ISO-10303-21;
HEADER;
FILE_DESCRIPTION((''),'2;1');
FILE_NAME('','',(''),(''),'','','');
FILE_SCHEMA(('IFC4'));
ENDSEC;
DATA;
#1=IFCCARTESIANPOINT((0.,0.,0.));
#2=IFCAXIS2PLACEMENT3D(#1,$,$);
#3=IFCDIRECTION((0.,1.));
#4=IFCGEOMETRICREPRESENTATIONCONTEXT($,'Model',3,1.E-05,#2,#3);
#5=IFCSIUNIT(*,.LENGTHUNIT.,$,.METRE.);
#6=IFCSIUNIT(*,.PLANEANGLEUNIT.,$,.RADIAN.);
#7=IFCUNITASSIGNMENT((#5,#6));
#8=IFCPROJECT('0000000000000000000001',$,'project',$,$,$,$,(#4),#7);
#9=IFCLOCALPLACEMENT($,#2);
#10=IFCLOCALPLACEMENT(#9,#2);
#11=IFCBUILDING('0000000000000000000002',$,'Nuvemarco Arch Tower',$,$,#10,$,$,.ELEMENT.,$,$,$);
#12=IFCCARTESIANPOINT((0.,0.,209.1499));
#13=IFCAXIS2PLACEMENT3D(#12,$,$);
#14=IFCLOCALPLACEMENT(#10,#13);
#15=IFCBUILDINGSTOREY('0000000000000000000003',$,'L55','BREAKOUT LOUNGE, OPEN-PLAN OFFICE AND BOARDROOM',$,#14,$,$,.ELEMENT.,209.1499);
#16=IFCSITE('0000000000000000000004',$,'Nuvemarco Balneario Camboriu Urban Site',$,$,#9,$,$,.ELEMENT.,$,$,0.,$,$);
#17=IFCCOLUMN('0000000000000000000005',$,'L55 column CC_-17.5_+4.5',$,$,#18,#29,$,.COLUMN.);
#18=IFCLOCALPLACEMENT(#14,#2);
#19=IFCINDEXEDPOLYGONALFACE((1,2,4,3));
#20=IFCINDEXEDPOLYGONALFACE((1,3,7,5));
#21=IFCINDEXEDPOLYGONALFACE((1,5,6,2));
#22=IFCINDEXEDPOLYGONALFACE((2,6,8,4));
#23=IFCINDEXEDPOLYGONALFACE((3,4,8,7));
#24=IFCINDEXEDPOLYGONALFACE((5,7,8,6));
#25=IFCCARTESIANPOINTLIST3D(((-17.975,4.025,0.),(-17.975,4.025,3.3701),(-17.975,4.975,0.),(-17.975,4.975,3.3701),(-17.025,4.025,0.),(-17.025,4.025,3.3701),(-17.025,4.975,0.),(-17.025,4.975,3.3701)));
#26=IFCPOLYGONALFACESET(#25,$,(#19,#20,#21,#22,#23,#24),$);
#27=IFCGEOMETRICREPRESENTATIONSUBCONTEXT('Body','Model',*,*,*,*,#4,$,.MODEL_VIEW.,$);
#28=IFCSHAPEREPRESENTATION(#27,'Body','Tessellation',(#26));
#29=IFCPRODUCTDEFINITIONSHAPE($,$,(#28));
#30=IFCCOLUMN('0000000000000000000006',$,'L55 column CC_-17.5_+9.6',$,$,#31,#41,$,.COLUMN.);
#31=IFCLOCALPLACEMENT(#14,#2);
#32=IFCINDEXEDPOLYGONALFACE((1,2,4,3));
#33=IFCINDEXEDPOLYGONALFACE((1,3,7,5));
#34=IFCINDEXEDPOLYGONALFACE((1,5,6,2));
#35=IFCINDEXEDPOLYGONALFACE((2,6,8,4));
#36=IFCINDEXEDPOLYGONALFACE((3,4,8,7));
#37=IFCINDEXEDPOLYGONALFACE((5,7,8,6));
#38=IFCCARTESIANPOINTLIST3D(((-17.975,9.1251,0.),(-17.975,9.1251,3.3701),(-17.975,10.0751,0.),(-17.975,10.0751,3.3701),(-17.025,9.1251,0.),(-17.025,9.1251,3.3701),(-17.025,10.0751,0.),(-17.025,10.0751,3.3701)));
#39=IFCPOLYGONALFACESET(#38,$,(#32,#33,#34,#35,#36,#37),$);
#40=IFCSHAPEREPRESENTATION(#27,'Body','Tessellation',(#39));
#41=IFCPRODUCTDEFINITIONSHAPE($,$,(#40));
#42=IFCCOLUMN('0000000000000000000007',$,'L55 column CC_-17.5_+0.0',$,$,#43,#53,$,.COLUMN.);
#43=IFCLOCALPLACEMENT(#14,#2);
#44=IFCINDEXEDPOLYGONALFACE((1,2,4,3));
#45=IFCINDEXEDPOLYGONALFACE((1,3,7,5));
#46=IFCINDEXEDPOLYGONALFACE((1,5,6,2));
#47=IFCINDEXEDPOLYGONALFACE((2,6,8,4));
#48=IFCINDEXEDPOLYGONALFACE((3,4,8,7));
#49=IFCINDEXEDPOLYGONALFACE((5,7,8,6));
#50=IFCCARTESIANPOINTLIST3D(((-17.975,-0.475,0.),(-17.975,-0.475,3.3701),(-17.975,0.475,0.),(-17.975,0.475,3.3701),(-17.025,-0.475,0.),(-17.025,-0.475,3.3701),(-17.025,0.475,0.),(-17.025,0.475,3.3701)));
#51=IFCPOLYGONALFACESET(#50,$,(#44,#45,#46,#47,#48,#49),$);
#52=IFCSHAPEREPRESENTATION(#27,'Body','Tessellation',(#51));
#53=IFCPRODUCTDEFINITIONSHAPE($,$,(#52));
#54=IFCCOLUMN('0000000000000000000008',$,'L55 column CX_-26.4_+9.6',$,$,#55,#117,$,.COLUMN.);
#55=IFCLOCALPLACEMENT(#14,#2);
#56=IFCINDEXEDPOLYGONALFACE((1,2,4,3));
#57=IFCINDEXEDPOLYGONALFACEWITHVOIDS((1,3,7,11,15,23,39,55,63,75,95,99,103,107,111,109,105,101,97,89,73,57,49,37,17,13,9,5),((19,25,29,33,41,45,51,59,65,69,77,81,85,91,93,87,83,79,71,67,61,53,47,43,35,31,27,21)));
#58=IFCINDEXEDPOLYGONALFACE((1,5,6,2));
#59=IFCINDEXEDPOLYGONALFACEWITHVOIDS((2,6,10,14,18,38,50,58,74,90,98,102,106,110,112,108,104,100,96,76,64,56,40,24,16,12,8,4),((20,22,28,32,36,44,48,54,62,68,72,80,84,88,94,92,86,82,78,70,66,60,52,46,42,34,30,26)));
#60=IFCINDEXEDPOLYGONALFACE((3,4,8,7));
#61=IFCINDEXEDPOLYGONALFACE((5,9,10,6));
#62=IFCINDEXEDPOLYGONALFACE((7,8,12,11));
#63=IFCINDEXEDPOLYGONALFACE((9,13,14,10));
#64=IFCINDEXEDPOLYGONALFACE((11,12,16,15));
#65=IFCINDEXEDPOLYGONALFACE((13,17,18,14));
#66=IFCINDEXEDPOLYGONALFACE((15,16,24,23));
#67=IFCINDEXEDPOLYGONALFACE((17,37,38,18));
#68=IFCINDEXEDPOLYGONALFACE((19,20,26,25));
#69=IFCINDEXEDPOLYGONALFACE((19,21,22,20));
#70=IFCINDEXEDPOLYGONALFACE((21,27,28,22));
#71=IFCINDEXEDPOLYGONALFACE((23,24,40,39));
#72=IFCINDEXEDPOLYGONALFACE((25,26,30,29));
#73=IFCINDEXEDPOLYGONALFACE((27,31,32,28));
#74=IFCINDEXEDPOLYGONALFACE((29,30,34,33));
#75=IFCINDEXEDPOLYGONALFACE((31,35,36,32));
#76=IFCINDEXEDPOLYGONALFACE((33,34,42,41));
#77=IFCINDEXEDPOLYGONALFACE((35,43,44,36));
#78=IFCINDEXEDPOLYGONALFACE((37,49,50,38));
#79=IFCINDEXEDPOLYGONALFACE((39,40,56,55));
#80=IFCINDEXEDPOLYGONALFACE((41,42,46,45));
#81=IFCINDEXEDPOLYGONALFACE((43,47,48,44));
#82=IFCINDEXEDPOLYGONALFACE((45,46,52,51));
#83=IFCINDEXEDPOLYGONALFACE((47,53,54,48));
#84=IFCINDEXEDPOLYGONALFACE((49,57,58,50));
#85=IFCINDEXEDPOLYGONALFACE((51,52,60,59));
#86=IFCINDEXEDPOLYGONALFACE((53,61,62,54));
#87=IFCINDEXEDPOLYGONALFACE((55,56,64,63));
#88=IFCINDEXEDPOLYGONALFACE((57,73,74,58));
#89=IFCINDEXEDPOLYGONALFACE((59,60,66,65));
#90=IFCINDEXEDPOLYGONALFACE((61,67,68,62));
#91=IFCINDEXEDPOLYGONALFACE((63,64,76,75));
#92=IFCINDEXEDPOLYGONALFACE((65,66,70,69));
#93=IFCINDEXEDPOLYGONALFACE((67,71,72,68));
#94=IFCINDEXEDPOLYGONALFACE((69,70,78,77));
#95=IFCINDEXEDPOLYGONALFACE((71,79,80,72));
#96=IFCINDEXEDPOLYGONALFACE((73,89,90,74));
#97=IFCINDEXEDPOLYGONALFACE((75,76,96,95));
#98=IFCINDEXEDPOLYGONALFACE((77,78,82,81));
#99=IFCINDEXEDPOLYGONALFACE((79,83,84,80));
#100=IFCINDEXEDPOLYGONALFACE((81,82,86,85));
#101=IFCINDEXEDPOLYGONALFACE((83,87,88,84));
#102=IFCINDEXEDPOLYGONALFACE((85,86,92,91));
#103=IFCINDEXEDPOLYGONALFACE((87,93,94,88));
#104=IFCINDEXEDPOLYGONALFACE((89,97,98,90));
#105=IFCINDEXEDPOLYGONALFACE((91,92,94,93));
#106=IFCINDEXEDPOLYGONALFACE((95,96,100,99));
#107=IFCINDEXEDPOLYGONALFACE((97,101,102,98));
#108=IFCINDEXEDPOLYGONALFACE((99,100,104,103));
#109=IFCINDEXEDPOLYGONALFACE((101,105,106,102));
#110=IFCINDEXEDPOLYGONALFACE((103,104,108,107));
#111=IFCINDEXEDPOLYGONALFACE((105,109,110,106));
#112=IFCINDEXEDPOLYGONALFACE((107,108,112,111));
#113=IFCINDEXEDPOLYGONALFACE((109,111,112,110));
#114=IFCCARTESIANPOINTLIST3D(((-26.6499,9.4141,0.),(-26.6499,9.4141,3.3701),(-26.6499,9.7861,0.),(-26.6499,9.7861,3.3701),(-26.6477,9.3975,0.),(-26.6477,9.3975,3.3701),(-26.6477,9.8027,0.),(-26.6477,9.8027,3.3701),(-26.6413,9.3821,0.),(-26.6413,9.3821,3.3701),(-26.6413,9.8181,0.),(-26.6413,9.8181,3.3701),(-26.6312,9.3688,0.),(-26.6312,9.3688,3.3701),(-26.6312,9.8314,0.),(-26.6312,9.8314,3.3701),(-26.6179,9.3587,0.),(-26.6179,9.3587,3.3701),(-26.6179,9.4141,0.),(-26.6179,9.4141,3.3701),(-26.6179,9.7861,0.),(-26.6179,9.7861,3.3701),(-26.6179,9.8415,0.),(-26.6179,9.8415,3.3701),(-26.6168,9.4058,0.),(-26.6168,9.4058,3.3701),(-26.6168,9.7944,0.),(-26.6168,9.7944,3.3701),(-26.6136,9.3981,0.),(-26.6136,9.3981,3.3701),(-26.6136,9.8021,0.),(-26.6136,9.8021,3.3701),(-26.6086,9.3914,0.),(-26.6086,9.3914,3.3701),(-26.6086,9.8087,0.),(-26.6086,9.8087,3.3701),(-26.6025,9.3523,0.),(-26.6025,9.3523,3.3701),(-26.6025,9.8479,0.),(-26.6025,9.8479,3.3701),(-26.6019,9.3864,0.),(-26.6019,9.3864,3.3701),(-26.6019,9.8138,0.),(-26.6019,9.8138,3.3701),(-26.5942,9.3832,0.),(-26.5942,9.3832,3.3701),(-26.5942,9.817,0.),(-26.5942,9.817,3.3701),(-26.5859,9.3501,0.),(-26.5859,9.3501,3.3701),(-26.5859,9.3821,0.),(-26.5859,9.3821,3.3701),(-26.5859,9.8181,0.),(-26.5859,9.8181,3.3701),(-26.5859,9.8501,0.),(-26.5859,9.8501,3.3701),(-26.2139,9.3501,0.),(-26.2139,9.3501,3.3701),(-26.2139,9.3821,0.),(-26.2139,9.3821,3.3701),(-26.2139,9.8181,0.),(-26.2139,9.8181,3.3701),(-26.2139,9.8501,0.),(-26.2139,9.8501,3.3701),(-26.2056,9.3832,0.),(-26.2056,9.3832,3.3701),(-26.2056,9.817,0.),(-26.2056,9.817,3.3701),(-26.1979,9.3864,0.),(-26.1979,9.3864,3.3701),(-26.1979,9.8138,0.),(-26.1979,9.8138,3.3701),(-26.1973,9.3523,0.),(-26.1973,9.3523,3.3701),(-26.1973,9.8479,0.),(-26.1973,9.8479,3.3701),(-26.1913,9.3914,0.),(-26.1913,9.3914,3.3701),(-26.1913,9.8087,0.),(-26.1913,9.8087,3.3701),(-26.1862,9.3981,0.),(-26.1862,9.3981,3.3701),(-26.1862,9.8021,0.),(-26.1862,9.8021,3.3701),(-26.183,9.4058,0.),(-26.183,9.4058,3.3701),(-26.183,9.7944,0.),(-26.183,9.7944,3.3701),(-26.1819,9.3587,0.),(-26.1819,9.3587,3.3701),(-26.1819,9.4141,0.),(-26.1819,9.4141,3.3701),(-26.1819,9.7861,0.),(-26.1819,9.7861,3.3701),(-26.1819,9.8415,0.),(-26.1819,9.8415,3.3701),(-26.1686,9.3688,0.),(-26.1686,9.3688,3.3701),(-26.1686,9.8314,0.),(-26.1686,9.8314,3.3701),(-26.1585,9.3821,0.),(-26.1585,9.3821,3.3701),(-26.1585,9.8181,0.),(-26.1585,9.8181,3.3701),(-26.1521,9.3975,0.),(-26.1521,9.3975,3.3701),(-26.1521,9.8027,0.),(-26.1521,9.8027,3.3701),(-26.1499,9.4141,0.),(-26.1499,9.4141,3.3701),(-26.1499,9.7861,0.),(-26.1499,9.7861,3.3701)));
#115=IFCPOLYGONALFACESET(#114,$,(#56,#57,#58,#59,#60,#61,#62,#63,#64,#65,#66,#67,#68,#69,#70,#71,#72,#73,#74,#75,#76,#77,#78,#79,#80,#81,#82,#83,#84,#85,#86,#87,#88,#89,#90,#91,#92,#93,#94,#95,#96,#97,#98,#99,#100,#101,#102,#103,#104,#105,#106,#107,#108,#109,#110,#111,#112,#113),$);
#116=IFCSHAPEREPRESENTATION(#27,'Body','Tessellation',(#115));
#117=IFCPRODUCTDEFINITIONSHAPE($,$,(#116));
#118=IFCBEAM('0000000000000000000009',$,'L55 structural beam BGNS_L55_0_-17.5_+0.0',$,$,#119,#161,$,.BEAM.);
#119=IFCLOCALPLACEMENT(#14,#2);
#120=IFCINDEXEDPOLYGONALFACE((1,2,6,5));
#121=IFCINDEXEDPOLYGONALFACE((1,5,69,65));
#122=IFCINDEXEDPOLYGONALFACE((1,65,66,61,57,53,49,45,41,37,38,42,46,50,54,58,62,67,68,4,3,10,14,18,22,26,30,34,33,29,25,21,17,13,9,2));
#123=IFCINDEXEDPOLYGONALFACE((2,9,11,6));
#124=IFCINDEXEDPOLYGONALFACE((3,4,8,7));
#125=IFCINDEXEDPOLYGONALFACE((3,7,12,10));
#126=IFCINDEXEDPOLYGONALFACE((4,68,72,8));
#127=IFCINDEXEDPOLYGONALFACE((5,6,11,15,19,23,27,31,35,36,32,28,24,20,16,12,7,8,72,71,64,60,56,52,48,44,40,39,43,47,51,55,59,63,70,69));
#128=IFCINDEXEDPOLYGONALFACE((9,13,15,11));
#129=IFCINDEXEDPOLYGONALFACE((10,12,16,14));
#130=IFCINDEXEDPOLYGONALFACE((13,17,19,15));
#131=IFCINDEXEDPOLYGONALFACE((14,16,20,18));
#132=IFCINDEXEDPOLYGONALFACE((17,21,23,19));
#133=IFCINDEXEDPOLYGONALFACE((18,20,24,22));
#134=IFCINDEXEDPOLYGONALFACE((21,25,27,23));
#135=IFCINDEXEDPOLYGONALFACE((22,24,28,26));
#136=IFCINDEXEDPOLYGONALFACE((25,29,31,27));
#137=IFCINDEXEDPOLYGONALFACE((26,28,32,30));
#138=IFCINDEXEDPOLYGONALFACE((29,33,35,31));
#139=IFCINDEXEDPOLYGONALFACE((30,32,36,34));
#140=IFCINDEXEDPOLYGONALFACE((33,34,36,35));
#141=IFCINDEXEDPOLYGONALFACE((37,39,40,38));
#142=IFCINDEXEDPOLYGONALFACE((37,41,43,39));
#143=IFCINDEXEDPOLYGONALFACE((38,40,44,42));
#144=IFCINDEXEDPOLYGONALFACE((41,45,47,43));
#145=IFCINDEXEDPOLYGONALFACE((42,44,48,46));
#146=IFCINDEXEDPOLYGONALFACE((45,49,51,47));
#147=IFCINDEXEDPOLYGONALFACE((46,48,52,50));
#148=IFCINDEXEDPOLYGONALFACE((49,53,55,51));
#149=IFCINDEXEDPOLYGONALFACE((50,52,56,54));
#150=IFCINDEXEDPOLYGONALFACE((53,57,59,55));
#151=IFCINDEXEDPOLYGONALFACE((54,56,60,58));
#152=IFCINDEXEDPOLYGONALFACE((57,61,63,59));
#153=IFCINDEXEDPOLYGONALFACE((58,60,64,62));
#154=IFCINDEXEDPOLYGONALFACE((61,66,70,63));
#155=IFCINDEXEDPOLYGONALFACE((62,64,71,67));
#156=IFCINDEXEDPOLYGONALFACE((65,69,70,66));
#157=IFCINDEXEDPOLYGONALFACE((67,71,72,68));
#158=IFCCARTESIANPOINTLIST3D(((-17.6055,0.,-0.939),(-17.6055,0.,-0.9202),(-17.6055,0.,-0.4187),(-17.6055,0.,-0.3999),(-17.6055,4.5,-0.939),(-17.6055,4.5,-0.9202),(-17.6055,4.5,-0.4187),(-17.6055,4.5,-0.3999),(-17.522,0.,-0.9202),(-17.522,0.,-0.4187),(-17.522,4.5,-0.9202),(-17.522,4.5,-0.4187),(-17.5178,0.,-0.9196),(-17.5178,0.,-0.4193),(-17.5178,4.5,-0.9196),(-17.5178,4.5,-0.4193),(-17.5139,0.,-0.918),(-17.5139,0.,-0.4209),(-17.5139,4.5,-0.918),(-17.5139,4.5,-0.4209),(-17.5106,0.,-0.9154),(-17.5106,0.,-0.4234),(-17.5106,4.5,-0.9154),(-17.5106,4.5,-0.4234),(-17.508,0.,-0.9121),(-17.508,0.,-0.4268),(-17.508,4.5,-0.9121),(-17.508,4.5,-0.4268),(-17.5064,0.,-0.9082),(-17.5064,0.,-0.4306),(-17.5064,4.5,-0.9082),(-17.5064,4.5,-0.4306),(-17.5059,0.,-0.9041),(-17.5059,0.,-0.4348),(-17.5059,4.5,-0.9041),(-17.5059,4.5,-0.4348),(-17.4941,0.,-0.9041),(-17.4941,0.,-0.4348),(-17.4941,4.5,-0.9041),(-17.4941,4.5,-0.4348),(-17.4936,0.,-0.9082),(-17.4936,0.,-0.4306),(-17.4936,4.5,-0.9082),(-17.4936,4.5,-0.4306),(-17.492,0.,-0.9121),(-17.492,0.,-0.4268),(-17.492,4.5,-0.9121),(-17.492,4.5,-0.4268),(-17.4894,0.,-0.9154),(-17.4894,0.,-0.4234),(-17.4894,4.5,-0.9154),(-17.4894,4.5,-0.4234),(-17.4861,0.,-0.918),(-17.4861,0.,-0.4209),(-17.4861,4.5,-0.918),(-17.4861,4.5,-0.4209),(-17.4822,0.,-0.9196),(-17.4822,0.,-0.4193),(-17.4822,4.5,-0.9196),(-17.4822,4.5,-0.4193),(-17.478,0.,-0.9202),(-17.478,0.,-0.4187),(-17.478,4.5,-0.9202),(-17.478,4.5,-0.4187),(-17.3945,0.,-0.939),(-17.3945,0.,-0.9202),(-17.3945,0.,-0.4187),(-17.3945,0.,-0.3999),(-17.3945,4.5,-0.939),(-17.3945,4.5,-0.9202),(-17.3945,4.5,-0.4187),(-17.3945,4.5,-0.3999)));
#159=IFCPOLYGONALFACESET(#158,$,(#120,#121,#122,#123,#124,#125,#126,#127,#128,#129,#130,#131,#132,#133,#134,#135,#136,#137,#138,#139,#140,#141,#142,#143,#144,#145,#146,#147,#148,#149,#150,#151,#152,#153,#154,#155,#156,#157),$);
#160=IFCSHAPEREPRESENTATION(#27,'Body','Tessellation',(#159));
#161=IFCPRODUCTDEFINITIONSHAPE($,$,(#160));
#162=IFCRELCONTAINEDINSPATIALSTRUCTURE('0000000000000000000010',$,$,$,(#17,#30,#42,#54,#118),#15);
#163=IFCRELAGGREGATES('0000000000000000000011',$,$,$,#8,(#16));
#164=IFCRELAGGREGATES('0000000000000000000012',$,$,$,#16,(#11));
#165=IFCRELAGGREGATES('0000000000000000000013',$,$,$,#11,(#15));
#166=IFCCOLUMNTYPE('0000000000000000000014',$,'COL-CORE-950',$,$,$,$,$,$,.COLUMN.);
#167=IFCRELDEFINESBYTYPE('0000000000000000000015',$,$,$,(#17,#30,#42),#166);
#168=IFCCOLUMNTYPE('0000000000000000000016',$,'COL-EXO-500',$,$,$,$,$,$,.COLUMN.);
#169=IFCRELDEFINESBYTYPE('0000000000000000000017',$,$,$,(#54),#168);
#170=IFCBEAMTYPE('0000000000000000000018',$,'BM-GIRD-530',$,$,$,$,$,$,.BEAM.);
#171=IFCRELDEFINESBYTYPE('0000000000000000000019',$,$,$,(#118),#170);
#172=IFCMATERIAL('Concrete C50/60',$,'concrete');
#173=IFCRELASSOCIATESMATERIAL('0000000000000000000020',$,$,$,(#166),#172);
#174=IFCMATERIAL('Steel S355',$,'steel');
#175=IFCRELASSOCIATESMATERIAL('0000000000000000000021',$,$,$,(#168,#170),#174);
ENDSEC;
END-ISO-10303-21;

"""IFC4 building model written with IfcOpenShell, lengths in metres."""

from ifc_helpers import new_model, si_unit, direction, frame, origin, origin_2d, place, context, subcontext, project, spatial, rectangle, hollow_rectangle, i_section, extrude, material, material_profile, profile_set, type_object, element, save


model = new_model("IFC4")

# Units and contexts
model_context = context("Model", 3, precision=1e-05, world=origin(), true_north=direction((0.0, 1.0)))
body_context = subcontext(model_context, "Body", "Model", "MODEL_VIEW")
ifc_project = project(units=[si_unit("LENGTHUNIT", "METRE"), si_unit("PLANEANGLEUNIT", "RADIAN")], contexts=[model_context])

# Site, building, storey
site_placement = place(None, origin())
site = spatial("IfcSite", under=ifc_project, at=site_placement, Name="Nuvemarco Balneario Camboriu Urban Site", CompositionType="ELEMENT", RefElevation=0.0)
building_placement = place(site_placement, origin())
building = spatial("IfcBuilding", under=site, at=building_placement, Name="Nuvemarco Arch Tower", CompositionType="ELEMENT")
storey_placement = place(building_placement, frame((0.0, 0.0, 209.1499)))
storey = spatial("IfcBuildingStorey", under=building, at=storey_placement, Name="L55", Description="BREAKOUT LOUNGE, OPEN-PLAN OFFICE AND BOARDROOM", CompositionType="ELEMENT", Elevation=209.1499)

# Columns
ifc_material_1 = material(Name="Concrete C50/60", Category="concrete")
ifc_material_profile_1 = material_profile(ifc_material_1, rectangle(XDim=0.95, YDim=0.95, at=origin_2d()), Name="RC-COL-950x950")
ifc_profile_set_1 = profile_set([ifc_material_profile_1], Name="Concrete C50/60")
column_type_1 = type_object("IfcColumnType", Name="COL-CORE-950", PredefinedType="COLUMN", material=ifc_profile_set_1)
for number, where, z_axis, x_axis, name in (
    (1, (-17.5, 4.5, 0.0), (0.0, 0.0, 1.0), (1.0, 0.0, 0.0), "L55 column CC_-17.5_+4.5"),
    (2, (-17.5, 9.6001, 0.0), (0.0, 0.0, 1.0), (1.0, 0.0, 0.0), "L55 column CC_-17.5_+9.6"),
    (3, (-17.5, 0.0, 0.0), (0.0, 0.0, 1.0), (1.0, 0.0, 0.0), "L55 column CC_-17.5_+0.0"),
):
    element("IfcColumn", number, at=place(storey_placement, frame(where, z_axis=z_axis, x_axis=x_axis)), inside=storey, type_object=column_type_1, Name=name, PredefinedType="COLUMN", context=body_context, shape_type="SweptSolid", body=[
        extrude(rectangle(XDim=0.95, YDim=0.95, at=origin_2d()), origin(), (0.0, 0.0, 1.0), 3.3701),
    ])
ifc_material_2 = material(Name="Steel S355", Category="steel")
ifc_material_profile_2 = material_profile(ifc_material_2, hollow_rectangle(XDim=0.5, YDim=0.5, WallThickness=0.032, InnerFilletRadius=0.032, OuterFilletRadius=0.064, at=origin_2d()), Name="SHS500x500x32")
ifc_profile_set_2 = profile_set([ifc_material_profile_2], Name="Steel S355")
column_type_2 = type_object("IfcColumnType", Name="COL-EXO-500", PredefinedType="COLUMN", material=ifc_profile_set_2)
column_placement = place(storey_placement, frame((-26.3999, 9.6001, 0.0), z_axis=(0.0, 0.0, 1.0), x_axis=(1.0, 0.0, 0.0)))
element("IfcColumn", 4, at=column_placement, inside=storey, type_object=column_type_2, Name="L55 column CX_-26.4_+9.6", PredefinedType="COLUMN", context=body_context, shape_type="SweptSolid", body=[
    extrude(hollow_rectangle(XDim=0.5, YDim=0.5, WallThickness=0.032, InnerFilletRadius=0.032, OuterFilletRadius=0.064, at=origin_2d()), origin(), (0.0, 0.0, 1.0), 3.3701),
])

# Beam
ifc_material_profile_3 = material_profile(ifc_material_2, i_section(OverallWidth=0.2109, OverallDepth=0.5391, WebThickness=0.0117, FlangeThickness=0.0188, FilletRadius=0.0161, at=origin_2d()), Name="W530x109")
ifc_profile_set_3 = profile_set([ifc_material_profile_3], Name="Steel S355")
beam_type_1 = type_object("IfcBeamType", Name="BM-GIRD-530", PredefinedType="BEAM", material=ifc_profile_set_3)
beam_1_placement = place(storey_placement, frame((-17.5, 0.0, -0.6694), z_axis=(0.0, 1.0, 0.0), x_axis=(-1.0, 0.0, 0.0)))
element("IfcBeam", 5, at=beam_1_placement, inside=storey, type_object=beam_type_1, Name="L55 structural beam BGNS_L55_0_-17.5_+0.0", PredefinedType="BEAM", context=body_context, shape_type="SweptSolid", body=[
    extrude(i_section(OverallWidth=0.2109, OverallDepth=0.5391, WebThickness=0.0117, FlangeThickness=0.0188, FilletRadius=0.0161, at=origin_2d()), origin(), (0.0, 0.0, 1.0), 4.5),
])

save(model, "model.ifc")
